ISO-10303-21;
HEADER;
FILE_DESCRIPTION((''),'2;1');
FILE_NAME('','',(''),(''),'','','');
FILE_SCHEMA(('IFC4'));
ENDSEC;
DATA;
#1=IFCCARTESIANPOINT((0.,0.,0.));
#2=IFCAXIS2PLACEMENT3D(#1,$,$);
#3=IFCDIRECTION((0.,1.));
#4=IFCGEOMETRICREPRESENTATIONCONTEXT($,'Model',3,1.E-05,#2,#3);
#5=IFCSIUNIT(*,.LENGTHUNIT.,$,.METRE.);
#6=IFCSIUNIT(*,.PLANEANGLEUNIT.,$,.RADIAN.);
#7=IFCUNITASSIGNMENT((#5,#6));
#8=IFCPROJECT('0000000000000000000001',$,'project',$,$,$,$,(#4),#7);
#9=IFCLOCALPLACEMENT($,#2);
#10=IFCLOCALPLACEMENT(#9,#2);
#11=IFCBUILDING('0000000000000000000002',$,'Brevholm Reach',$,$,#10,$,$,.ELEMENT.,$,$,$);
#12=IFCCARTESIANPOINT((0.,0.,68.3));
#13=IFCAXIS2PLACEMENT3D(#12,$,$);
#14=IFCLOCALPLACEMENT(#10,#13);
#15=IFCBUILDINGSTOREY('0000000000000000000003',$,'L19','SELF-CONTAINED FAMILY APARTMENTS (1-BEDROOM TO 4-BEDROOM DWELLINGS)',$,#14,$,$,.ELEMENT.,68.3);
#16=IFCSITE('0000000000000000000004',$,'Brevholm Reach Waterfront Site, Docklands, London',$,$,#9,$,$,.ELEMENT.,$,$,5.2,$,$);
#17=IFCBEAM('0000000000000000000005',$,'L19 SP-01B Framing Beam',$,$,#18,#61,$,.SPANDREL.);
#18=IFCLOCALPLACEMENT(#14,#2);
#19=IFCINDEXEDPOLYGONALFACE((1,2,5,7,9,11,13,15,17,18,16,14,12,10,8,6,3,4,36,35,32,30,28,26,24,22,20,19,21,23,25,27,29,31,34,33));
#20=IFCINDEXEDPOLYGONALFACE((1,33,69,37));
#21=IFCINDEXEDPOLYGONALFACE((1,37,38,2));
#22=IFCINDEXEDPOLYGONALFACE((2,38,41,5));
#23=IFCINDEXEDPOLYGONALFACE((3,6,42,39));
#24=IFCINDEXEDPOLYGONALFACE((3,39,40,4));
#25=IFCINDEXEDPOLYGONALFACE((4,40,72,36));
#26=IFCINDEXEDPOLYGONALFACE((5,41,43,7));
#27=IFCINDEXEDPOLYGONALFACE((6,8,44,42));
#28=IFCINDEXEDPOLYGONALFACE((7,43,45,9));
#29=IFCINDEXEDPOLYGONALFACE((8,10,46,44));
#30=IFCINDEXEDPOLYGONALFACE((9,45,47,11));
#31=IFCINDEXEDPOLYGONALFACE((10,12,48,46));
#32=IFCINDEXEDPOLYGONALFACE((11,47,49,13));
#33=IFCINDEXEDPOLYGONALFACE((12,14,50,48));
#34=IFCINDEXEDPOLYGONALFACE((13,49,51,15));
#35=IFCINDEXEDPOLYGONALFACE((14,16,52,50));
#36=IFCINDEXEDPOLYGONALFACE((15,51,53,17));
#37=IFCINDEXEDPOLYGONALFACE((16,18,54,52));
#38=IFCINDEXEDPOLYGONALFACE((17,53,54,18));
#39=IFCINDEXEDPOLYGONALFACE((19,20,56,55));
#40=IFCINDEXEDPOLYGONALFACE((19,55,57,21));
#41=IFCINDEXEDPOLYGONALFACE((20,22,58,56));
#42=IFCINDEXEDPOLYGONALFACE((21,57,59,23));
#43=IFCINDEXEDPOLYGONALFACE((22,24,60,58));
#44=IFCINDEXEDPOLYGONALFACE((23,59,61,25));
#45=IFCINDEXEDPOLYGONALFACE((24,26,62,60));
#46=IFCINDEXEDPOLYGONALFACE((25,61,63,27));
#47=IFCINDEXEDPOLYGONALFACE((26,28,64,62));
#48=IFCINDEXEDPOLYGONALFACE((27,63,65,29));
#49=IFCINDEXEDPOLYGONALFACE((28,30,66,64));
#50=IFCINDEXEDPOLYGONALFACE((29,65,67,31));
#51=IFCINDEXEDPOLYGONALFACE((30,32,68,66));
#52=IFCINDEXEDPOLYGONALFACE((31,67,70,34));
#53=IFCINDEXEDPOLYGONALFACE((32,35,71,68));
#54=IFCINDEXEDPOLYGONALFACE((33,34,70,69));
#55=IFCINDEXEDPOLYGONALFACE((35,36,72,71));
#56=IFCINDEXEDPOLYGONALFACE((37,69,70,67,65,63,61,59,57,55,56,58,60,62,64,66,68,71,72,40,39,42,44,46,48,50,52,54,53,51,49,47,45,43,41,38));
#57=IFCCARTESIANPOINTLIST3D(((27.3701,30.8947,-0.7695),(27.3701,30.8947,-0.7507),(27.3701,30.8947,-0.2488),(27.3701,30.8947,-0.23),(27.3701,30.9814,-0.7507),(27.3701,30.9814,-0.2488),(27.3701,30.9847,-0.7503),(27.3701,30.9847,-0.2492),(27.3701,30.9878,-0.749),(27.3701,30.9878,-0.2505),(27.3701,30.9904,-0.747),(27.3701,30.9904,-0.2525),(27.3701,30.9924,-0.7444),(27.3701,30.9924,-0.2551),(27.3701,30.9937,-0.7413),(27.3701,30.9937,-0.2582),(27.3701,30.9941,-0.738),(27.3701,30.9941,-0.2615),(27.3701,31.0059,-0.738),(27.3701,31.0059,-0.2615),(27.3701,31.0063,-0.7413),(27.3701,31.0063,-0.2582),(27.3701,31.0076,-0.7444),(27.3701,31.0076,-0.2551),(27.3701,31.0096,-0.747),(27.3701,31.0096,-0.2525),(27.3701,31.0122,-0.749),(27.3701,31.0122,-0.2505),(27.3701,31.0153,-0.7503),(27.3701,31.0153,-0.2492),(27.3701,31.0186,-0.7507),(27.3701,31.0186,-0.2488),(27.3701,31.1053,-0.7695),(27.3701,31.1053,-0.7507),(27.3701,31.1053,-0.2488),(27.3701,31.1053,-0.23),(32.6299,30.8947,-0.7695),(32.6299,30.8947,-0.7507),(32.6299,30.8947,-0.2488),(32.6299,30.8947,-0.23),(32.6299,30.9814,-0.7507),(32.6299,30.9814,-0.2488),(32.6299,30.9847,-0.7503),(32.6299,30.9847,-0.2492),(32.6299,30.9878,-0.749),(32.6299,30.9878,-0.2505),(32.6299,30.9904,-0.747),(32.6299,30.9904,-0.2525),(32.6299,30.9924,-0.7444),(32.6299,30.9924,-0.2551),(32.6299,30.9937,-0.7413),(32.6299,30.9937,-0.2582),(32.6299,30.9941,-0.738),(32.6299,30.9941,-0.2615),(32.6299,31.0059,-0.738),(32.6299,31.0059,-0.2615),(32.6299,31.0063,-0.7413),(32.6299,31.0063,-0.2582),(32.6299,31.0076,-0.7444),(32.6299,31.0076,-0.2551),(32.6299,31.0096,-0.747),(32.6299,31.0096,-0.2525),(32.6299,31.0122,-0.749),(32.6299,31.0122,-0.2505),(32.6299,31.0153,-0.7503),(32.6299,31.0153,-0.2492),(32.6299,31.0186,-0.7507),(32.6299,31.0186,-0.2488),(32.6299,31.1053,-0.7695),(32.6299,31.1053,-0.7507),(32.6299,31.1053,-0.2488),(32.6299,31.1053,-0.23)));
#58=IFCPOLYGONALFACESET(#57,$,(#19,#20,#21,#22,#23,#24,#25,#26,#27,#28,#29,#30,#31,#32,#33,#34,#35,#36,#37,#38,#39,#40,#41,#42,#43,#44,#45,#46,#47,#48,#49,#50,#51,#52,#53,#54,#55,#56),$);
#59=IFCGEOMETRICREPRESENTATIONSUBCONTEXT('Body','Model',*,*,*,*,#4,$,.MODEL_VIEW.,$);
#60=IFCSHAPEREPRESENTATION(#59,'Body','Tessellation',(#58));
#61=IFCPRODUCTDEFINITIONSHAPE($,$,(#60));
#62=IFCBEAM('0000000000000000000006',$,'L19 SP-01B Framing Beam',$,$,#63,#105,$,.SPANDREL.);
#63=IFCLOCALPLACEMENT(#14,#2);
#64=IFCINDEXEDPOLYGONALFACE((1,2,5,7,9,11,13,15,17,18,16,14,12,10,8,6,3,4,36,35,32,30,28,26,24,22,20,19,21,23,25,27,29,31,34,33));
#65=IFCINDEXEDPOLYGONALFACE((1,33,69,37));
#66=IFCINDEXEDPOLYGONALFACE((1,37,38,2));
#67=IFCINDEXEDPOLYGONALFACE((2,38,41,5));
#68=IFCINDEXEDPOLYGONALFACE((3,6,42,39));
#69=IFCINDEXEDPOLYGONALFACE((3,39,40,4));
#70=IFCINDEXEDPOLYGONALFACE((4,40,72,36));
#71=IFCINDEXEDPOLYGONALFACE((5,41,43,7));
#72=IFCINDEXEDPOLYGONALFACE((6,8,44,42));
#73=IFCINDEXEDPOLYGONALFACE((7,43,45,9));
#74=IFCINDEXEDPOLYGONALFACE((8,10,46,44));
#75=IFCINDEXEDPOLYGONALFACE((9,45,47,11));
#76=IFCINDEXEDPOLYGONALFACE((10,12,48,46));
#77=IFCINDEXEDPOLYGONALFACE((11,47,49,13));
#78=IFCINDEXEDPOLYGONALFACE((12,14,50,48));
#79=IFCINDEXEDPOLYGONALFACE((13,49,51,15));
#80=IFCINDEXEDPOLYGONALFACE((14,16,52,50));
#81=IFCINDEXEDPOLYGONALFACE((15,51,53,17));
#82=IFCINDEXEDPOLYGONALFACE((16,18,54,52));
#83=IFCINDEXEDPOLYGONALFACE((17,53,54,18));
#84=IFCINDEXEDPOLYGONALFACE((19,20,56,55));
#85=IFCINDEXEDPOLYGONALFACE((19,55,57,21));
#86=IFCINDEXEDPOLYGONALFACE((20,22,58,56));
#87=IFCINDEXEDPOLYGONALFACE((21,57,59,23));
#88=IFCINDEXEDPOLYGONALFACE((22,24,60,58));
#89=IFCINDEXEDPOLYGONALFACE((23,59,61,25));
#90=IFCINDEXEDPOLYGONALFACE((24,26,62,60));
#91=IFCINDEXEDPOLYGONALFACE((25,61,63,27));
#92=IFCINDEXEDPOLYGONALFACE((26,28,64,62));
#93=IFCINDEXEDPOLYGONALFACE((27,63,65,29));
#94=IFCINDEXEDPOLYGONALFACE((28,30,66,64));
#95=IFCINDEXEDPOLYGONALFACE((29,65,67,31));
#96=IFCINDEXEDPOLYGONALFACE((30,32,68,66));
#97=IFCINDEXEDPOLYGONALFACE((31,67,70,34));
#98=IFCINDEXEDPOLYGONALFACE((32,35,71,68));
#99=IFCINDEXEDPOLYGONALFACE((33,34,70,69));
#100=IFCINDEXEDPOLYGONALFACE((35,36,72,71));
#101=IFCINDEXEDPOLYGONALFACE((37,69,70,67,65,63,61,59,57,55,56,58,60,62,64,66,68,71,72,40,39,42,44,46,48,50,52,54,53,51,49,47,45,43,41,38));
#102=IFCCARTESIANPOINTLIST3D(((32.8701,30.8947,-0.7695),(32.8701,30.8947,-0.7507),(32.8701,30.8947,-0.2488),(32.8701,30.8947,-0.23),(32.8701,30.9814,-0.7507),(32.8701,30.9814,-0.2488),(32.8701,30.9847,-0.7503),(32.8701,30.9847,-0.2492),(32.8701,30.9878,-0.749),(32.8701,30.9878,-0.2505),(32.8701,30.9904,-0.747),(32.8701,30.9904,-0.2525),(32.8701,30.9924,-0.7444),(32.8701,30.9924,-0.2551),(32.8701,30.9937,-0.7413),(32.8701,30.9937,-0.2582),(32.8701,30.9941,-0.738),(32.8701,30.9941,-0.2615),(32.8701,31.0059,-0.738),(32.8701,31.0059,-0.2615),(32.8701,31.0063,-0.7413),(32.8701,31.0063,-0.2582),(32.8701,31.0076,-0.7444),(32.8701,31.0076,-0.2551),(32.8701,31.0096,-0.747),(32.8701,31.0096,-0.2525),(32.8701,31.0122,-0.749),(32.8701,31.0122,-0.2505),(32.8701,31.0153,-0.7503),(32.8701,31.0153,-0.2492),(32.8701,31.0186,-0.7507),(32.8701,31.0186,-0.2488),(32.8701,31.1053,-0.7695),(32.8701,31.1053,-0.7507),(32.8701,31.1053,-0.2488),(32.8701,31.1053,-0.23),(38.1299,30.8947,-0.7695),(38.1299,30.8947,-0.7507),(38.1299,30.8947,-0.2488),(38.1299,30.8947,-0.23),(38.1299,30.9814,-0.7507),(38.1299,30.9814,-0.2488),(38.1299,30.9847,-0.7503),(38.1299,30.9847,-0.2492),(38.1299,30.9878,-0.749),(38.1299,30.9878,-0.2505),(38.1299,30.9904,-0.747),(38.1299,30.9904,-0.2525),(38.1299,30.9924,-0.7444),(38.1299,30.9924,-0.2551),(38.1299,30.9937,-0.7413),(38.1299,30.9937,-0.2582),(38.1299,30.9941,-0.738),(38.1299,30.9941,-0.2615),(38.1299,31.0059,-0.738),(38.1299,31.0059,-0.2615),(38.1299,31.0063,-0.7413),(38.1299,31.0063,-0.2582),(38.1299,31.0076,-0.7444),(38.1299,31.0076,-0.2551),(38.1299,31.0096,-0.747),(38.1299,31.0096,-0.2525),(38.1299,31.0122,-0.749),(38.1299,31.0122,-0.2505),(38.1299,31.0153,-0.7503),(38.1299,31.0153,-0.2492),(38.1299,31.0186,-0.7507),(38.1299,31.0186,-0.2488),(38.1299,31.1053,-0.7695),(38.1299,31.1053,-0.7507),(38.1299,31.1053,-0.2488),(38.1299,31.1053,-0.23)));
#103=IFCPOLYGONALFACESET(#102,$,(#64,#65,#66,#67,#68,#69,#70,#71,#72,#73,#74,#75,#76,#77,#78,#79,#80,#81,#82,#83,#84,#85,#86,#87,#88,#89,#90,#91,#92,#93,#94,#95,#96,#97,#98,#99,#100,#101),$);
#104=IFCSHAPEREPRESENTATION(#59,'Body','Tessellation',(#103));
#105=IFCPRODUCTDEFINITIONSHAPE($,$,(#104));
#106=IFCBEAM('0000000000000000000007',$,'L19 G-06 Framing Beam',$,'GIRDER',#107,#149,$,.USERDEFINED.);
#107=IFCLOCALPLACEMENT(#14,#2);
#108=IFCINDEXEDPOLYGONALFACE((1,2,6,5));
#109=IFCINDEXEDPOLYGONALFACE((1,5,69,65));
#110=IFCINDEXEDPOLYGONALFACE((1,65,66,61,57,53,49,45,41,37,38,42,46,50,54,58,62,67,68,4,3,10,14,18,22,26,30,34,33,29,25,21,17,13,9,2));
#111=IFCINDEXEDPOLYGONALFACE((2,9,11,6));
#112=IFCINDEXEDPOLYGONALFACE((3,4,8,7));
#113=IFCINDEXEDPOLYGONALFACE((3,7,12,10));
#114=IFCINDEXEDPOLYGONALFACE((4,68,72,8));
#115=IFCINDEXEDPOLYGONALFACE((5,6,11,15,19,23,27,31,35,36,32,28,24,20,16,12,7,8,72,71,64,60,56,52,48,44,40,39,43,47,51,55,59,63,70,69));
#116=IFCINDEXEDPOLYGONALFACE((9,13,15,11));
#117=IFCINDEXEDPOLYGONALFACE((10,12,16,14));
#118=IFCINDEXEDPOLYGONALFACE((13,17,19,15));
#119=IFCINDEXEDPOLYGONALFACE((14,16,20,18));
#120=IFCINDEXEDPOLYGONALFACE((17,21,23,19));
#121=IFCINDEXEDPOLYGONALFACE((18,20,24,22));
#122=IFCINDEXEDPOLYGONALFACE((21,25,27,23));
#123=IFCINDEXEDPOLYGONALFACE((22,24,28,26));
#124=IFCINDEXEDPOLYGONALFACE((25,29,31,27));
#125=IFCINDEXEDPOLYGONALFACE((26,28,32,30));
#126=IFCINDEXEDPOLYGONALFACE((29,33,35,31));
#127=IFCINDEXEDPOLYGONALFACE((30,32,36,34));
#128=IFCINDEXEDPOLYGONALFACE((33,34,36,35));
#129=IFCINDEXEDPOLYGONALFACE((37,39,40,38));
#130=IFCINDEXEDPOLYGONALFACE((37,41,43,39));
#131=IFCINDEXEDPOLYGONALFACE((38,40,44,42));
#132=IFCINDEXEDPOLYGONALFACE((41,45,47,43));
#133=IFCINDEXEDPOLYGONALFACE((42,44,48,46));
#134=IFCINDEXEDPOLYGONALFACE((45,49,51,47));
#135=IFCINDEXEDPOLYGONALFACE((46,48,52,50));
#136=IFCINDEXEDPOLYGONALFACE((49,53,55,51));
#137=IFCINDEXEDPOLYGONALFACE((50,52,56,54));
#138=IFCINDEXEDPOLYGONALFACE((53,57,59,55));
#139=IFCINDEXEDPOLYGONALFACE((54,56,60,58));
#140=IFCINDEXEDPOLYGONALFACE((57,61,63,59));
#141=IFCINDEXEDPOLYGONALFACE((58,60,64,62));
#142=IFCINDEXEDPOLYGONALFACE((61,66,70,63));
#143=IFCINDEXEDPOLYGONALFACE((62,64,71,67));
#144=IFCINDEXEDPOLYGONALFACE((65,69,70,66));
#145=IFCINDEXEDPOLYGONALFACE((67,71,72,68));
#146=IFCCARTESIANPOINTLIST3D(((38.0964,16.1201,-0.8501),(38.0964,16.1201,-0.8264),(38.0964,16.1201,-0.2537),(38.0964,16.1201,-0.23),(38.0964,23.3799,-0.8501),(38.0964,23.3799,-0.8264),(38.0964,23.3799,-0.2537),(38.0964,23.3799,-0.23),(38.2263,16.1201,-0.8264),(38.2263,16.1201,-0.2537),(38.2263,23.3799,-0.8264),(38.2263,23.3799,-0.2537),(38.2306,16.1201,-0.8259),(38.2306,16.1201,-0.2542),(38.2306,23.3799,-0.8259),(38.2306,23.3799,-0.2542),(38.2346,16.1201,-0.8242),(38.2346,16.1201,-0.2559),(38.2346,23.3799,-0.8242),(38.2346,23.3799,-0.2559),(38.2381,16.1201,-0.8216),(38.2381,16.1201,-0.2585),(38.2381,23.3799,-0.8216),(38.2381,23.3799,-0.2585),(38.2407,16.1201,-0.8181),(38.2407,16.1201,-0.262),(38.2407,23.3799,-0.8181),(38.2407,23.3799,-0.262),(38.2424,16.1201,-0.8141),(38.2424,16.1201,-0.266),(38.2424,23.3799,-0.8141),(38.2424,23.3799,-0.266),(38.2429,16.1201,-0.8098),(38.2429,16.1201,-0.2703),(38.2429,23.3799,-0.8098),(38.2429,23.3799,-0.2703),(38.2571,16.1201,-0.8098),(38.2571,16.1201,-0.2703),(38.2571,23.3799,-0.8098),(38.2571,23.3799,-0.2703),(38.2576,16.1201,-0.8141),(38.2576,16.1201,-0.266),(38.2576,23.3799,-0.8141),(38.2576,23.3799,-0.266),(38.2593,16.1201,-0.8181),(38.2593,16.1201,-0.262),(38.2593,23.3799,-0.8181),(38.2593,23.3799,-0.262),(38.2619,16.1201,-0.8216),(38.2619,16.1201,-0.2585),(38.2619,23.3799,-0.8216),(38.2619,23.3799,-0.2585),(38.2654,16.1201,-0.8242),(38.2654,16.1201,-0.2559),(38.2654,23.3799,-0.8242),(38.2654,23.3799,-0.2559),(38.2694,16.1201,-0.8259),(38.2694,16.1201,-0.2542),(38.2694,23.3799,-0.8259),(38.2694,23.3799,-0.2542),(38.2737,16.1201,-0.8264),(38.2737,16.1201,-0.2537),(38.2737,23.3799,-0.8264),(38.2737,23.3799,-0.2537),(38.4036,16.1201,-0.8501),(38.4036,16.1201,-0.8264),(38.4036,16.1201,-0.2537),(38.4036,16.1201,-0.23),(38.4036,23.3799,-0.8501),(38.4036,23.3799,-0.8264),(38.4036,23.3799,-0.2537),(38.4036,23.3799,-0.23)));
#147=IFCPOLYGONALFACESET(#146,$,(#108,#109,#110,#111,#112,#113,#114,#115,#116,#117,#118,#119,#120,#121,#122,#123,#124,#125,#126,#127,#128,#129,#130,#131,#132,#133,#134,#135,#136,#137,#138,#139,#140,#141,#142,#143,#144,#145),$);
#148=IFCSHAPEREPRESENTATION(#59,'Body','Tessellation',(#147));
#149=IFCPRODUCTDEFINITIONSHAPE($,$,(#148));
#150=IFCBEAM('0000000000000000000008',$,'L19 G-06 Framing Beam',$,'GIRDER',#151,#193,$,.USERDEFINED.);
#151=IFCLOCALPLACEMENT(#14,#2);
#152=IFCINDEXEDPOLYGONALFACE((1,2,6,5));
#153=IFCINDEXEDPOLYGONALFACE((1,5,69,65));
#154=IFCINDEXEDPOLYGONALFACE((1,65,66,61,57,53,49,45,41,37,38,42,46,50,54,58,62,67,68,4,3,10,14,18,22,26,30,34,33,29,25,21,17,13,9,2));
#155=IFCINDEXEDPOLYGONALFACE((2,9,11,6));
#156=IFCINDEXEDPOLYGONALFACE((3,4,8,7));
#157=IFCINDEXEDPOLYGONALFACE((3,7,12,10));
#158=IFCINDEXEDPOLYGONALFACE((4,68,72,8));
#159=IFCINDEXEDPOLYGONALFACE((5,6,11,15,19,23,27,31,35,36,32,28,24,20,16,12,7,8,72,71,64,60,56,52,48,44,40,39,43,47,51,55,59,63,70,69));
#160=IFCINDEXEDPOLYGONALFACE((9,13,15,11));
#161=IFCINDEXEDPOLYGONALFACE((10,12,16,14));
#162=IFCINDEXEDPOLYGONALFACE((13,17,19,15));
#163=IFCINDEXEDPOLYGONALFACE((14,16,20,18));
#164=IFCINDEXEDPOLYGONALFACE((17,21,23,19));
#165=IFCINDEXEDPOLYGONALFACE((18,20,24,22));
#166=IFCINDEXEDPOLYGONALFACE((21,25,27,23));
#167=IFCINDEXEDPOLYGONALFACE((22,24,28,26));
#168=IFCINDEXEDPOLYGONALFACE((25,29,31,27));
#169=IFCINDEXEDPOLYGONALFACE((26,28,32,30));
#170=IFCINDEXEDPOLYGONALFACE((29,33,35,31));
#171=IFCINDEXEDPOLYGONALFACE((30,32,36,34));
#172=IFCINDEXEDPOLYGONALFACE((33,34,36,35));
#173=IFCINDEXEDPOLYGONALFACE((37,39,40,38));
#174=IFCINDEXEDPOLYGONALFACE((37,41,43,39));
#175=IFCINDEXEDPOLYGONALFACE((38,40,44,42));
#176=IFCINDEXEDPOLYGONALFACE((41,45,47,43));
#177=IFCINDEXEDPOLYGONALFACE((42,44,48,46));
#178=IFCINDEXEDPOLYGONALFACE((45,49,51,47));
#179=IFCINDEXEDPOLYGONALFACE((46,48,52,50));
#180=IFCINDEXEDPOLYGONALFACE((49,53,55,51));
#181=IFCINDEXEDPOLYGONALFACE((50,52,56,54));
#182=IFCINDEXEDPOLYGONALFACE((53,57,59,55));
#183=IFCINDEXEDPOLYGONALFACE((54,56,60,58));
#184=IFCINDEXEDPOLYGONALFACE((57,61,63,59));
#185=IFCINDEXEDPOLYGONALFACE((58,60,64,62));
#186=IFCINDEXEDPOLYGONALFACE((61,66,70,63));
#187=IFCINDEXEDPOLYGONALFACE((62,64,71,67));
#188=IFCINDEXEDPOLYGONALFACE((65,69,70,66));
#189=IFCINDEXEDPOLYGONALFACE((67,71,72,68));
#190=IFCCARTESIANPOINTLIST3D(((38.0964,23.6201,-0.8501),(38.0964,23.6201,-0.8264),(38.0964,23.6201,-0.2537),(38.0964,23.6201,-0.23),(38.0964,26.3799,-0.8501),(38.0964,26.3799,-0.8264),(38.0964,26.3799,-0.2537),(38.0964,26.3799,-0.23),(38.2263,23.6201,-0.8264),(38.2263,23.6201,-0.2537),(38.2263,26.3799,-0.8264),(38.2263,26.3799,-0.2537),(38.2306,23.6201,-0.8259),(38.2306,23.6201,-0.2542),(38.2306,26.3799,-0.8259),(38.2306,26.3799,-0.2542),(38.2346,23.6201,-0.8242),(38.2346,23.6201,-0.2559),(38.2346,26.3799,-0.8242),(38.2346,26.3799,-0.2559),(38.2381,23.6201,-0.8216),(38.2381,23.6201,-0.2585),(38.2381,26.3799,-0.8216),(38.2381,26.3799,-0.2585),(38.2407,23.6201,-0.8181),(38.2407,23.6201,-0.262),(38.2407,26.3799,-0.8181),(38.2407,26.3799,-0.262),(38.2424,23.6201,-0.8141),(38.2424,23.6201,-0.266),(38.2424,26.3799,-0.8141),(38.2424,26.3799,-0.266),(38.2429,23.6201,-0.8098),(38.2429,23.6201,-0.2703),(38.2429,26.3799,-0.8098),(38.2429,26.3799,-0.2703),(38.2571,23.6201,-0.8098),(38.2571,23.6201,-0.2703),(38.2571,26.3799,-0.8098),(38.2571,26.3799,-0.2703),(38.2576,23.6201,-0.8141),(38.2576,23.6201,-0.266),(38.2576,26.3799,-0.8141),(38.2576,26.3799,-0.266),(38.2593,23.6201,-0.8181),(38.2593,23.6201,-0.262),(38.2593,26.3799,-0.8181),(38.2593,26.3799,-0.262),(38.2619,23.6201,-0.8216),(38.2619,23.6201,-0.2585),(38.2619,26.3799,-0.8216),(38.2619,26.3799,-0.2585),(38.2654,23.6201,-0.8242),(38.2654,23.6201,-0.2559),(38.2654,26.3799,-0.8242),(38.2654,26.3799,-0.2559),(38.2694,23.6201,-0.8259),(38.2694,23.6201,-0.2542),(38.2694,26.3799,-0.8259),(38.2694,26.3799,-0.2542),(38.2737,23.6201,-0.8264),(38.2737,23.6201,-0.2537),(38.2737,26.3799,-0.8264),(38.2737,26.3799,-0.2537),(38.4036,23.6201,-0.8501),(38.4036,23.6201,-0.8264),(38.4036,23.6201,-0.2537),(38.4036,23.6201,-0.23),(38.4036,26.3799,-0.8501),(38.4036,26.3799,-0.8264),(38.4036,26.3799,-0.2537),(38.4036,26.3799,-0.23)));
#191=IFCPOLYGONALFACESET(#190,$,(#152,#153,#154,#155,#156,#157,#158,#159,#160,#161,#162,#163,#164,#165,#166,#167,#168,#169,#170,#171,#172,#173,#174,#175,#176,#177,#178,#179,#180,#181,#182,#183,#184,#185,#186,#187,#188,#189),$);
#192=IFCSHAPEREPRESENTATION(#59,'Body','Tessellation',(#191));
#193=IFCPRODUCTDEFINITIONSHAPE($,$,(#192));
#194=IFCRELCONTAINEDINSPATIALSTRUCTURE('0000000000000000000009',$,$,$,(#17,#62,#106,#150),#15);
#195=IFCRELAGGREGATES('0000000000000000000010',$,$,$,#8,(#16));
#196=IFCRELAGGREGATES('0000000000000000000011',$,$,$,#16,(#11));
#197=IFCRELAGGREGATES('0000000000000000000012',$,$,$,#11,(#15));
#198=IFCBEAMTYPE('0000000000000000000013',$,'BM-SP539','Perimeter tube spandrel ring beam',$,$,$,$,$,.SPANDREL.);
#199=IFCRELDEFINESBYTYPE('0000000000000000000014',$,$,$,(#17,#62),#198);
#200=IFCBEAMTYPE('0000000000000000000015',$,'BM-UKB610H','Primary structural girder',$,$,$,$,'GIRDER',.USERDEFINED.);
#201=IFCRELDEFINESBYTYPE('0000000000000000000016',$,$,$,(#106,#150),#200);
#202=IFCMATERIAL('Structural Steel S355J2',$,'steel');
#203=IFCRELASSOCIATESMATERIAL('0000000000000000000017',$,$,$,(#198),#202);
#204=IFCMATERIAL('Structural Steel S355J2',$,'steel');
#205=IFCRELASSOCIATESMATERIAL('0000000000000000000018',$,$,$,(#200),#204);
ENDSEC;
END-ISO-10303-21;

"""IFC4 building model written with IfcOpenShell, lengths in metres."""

from ifc_helpers import new_model, si_unit, direction, frame, origin, origin_2d, place, context, subcontext, project, spatial, i_section, extrude, material, material_profile, profile_set, type_object, element, save


model = new_model("IFC4")

# Units and contexts
model_context = context("Model", 3, precision=1e-05, world=origin(), true_north=direction((0.0, 1.0)))
body_context = subcontext(model_context, "Body", "Model", "MODEL_VIEW")
ifc_project = project(units=[si_unit("LENGTHUNIT", "METRE"), si_unit("PLANEANGLEUNIT", "RADIAN")], contexts=[model_context])

# Site, building, storey
site_placement = place(None, origin())
site = spatial("IfcSite", under=ifc_project, at=site_placement, Name="Brevholm Reach Waterfront Site, Docklands, London", CompositionType="ELEMENT", RefElevation=5.2)
building_placement = place(site_placement, origin())
building = spatial("IfcBuilding", under=site, at=building_placement, Name="Brevholm Reach", CompositionType="ELEMENT")
storey_placement = place(building_placement, frame((0.0, 0.0, 68.3)))
storey = spatial("IfcBuildingStorey", under=building, at=storey_placement, Name="L19", Description="SELF-CONTAINED FAMILY APARTMENTS (1-BEDROOM TO 4-BEDROOM DWELLINGS)", CompositionType="ELEMENT", Elevation=68.3)

# Beams
ifc_material_1 = material(Name="Structural Steel S355J2", Category="steel")
ifc_material_profile_1 = material_profile(ifc_material_1, i_section(OverallWidth=0.2107, OverallDepth=0.5396, WebThickness=0.0117, FlangeThickness=0.0188, FilletRadius=0.0127, at=origin_2d()), Name="UKB 533x210x109")
ifc_profile_set_1 = profile_set([ifc_material_profile_1], Name="Structural Steel S355J2")
beam_type_1 = type_object("IfcBeamType", Name="BM-SP539", Description="Perimeter tube spandrel ring beam", PredefinedType="SPANDREL", material=ifc_profile_set_1)
for number, where, z_axis, x_axis, name in (
    (1, (27.3701, 31.0, -0.4998), (1.0, 0.0, 0.0), (0.0, 1.0, 0.0), "L19 SP-01B Framing Beam"),
    (2, (32.8701, 31.0, -0.4998), (1.0, 0.0, 0.0), (0.0, 1.0, 0.0), "L19 SP-01B Framing Beam"),
):
    element("IfcBeam", number, at=place(storey_placement, frame(where, z_axis=z_axis, x_axis=x_axis)), inside=storey, type_object=beam_type_1, Name=name, PredefinedType="SPANDREL", context=body_context, shape_type="SweptSolid", body=[
        extrude(i_section(OverallWidth=0.2107, OverallDepth=0.5396, WebThickness=0.0117, FlangeThickness=0.0188, FilletRadius=0.0127, at=origin_2d()), origin(), (0.0, 0.0, 1.0), 5.2598),
    ])
ifc_material_2 = material(Name="Structural Steel S355J2", Category="steel")
ifc_material_profile_2 = material_profile(ifc_material_2, i_section(OverallWidth=0.3071, OverallDepth=0.6201, WebThickness=0.0142, FlangeThickness=0.0237, FilletRadius=0.0166, at=origin_2d()), Name="UKB 610x305x179")
ifc_profile_set_2 = profile_set([ifc_material_profile_2], Name="Structural Steel S355J2")
beam_type_2 = type_object("IfcBeamType", Name="BM-UKB610H", Description="Primary structural girder", ElementType="GIRDER", PredefinedType="USERDEFINED", material=ifc_profile_set_2)
beam_1_placement = place(storey_placement, frame((38.25, 16.1201, -0.54), z_axis=(0.0, 1.0, 0.0), x_axis=(-1.0, 0.0, 0.0)))
element("IfcBeam", 3, at=beam_1_placement, inside=storey, type_object=beam_type_2, Name="L19 G-06 Framing Beam", ObjectType="GIRDER", PredefinedType="USERDEFINED", context=body_context, shape_type="SweptSolid", body=[
    extrude(i_section(OverallWidth=0.3071, OverallDepth=0.6201, WebThickness=0.0142, FlangeThickness=0.0237, FilletRadius=0.0166, at=origin_2d()), origin(), (0.0, 0.0, 1.0), 7.2598),
])
beam_2_placement = place(storey_placement, frame((38.25, 23.6201, -0.54), z_axis=(0.0, 1.0, 0.0), x_axis=(-1.0, 0.0, 0.0)))
element("IfcBeam", 4, at=beam_2_placement, inside=storey, type_object=beam_type_2, Name="L19 G-06 Framing Beam", ObjectType="GIRDER", PredefinedType="USERDEFINED", context=body_context, shape_type="SweptSolid", body=[
    extrude(i_section(OverallWidth=0.3071, OverallDepth=0.6201, WebThickness=0.0142, FlangeThickness=0.0237, FilletRadius=0.0166, at=origin_2d()), origin(), (0.0, 0.0, 1.0), 2.7598),
])

save(model, "model.ifc")
